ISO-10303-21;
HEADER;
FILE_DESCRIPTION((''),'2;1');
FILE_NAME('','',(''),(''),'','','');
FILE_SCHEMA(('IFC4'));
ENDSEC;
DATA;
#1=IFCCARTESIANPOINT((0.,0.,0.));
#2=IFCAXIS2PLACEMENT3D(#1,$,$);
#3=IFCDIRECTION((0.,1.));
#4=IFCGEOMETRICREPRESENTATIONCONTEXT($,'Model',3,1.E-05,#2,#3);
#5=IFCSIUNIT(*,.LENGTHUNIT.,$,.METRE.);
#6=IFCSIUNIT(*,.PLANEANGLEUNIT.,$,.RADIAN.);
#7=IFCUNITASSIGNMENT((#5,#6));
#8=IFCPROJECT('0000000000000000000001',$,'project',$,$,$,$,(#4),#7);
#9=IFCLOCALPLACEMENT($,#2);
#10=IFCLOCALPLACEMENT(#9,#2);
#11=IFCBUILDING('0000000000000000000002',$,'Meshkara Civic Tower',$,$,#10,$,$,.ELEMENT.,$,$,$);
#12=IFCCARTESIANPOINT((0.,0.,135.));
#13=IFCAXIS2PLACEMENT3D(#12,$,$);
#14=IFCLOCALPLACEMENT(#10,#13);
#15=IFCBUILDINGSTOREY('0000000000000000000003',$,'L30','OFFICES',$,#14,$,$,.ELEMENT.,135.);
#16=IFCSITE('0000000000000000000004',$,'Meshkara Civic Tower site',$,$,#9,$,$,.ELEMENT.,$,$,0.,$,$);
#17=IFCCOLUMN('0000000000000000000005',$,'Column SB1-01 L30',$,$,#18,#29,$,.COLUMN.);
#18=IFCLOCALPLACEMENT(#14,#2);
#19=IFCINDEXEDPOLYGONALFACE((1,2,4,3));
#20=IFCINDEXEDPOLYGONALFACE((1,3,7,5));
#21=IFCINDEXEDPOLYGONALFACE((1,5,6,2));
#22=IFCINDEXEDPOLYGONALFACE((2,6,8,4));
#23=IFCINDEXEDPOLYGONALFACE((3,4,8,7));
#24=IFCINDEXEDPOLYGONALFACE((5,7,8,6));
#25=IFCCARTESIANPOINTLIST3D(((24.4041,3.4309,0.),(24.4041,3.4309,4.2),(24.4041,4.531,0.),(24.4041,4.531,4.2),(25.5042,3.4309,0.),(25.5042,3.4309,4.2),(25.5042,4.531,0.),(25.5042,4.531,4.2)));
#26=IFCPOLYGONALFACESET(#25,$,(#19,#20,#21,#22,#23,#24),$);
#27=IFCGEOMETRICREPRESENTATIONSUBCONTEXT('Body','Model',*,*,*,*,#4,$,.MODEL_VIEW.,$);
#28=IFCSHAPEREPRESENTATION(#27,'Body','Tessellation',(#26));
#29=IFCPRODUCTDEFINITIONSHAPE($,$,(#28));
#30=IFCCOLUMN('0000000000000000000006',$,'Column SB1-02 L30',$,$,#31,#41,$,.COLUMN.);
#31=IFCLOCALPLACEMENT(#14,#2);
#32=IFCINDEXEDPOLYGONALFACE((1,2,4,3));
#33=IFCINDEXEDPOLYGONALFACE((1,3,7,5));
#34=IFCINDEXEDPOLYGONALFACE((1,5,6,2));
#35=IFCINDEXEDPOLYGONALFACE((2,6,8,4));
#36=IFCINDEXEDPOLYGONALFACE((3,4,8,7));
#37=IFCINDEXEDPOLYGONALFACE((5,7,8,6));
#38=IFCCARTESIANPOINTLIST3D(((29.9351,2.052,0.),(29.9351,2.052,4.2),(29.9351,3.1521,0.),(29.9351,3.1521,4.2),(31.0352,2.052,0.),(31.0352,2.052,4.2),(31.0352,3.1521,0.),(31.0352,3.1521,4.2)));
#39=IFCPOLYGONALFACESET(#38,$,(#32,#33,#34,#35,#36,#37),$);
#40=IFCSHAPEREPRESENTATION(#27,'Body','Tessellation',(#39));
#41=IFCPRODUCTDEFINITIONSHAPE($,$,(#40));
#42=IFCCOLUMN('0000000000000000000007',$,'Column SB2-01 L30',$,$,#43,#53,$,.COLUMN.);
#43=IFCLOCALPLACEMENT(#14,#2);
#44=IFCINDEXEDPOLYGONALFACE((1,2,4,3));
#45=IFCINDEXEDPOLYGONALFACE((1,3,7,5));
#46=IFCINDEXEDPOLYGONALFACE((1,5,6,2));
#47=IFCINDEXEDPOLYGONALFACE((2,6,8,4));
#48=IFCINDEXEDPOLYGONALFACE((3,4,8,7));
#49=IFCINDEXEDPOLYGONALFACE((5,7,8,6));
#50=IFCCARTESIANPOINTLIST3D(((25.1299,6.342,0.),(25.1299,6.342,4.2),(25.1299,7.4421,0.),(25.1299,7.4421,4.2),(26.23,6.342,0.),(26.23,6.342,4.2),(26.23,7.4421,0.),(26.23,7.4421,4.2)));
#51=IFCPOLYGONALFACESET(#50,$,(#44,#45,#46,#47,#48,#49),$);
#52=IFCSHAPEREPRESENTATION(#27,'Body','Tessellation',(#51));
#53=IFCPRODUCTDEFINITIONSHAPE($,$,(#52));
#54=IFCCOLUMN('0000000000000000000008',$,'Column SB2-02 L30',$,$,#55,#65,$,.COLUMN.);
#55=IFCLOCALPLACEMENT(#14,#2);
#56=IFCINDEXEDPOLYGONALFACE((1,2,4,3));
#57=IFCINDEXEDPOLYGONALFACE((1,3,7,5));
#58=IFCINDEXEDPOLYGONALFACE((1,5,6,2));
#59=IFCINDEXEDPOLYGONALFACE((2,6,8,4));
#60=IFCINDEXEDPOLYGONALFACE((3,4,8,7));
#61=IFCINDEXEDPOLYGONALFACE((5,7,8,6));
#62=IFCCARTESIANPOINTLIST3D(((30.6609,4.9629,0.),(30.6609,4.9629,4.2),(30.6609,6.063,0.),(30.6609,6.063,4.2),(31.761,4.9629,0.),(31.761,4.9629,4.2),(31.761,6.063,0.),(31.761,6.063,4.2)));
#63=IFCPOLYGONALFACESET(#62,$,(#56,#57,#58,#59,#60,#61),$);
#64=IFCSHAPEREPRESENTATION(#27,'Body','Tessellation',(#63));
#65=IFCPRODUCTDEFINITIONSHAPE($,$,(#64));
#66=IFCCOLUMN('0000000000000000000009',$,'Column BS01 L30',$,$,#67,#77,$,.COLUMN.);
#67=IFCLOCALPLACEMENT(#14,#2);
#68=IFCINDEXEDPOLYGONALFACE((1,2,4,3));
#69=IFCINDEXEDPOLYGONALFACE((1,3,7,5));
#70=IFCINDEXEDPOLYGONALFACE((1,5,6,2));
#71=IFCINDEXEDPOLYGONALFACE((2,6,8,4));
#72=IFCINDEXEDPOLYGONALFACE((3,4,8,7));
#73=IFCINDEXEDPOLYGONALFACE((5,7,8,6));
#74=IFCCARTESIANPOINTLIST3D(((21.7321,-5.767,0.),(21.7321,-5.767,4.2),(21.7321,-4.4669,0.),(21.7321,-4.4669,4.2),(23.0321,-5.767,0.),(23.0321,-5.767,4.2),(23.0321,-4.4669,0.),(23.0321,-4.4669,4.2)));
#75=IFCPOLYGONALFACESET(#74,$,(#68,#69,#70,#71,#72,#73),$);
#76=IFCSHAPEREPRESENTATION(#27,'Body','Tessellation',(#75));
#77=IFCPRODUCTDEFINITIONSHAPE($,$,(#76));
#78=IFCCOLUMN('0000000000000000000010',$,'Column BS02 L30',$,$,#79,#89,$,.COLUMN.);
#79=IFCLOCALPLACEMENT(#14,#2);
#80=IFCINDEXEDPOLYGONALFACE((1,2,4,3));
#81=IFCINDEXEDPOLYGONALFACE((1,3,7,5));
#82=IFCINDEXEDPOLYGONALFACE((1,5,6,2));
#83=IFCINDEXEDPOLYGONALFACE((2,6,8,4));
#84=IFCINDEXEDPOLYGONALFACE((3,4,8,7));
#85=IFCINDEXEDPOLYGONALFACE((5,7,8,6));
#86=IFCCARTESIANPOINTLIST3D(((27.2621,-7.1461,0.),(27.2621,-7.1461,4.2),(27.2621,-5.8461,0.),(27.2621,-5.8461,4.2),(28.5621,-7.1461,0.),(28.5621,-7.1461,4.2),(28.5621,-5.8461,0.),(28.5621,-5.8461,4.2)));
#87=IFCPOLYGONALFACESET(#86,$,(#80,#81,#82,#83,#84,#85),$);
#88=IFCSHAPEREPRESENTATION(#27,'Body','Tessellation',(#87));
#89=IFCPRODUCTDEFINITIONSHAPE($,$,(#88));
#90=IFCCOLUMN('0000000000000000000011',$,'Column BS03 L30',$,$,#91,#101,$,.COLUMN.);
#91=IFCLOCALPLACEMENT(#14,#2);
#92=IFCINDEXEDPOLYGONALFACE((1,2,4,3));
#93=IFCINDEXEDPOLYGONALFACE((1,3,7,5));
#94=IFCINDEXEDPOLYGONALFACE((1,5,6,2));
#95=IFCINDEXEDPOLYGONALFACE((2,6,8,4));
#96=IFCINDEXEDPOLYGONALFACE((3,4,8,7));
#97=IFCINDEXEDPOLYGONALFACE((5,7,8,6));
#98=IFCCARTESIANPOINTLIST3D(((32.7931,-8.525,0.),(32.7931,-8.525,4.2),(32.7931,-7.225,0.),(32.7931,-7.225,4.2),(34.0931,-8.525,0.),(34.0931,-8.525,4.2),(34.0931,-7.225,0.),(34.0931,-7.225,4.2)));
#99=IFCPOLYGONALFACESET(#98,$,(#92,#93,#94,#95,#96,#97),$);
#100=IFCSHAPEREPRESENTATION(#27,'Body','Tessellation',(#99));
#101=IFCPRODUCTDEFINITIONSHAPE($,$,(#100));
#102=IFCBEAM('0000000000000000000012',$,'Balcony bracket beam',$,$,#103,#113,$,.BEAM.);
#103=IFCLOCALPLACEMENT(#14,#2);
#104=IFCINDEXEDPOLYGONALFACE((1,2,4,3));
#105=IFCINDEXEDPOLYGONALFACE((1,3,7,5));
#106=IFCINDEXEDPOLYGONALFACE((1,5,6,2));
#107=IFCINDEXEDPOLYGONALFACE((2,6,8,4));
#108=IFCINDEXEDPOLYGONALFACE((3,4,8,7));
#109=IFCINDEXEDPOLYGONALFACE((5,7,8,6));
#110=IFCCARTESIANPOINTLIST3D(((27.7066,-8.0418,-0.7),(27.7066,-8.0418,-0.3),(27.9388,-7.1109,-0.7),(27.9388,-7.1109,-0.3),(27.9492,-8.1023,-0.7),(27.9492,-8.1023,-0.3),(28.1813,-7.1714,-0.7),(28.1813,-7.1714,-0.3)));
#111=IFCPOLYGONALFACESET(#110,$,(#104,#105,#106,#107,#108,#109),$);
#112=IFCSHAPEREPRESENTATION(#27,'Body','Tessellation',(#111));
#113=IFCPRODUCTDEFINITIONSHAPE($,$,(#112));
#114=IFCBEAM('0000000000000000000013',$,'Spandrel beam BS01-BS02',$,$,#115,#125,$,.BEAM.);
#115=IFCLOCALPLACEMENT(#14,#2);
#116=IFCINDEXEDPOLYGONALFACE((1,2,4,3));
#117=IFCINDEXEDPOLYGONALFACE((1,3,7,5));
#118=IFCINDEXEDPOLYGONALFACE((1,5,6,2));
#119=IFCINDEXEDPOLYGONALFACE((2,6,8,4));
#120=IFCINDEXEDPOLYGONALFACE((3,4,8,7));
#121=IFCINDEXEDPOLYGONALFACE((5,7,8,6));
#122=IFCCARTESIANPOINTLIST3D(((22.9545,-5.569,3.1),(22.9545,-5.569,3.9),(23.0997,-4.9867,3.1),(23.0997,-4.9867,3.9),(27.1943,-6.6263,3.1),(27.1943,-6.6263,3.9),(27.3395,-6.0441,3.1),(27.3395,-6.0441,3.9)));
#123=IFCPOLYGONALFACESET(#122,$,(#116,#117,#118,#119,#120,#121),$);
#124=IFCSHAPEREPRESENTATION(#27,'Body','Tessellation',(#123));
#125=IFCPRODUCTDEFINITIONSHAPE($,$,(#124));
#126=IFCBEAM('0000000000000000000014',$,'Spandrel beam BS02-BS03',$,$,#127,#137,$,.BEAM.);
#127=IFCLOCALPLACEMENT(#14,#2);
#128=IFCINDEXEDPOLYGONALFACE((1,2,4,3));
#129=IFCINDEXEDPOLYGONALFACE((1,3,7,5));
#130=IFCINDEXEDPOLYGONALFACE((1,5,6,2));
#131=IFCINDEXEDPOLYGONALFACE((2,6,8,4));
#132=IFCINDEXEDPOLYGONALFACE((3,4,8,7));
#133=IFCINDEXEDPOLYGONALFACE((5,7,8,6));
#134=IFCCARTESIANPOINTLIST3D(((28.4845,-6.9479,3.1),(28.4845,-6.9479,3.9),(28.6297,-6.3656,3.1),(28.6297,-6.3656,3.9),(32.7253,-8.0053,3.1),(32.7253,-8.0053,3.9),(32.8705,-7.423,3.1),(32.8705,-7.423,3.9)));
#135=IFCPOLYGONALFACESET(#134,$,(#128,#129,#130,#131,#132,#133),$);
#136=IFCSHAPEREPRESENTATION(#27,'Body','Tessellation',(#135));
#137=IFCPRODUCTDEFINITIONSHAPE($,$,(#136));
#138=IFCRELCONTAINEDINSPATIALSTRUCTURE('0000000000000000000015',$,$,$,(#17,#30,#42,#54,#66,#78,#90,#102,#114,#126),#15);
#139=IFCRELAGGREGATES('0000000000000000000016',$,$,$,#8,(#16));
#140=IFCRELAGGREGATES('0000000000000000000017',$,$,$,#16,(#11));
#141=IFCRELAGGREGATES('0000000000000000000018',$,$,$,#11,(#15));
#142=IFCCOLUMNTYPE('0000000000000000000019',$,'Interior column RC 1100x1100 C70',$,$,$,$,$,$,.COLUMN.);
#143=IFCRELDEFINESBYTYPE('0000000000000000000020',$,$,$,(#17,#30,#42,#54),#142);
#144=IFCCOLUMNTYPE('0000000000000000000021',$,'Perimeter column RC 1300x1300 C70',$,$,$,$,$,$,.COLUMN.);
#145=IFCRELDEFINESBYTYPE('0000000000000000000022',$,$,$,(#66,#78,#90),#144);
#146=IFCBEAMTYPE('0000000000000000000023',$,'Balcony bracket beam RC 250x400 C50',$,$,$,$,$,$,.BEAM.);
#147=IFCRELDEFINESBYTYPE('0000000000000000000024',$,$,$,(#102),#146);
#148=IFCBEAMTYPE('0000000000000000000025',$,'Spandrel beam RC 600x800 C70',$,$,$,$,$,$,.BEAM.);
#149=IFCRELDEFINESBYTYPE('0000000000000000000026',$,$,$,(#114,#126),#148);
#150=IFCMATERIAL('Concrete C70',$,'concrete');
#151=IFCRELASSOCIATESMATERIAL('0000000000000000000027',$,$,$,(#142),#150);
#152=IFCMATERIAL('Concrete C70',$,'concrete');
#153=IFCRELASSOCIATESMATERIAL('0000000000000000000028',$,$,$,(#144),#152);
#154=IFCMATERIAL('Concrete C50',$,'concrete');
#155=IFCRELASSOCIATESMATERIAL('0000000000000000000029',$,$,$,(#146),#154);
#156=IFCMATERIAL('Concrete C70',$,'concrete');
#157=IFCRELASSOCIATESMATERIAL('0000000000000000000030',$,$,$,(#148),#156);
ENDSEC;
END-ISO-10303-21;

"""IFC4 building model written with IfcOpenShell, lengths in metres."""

from ifc_helpers import new_model, si_unit, direction, frame, origin, origin_2d, place, context, subcontext, project, spatial, rectangle, extrude, material, material_profile, profile_set, type_object, element, save


model = new_model("IFC4")

# Units and contexts
model_context = context("Model", 3, precision=1e-05, world=origin(), true_north=direction((0.0, 1.0)))
body_context = subcontext(model_context, "Body", "Model", "MODEL_VIEW")
ifc_project = project(units=[si_unit("LENGTHUNIT", "METRE"), si_unit("PLANEANGLEUNIT", "RADIAN")], contexts=[model_context])

# Site, building, storey
site_placement = place(None, origin())
site = spatial("IfcSite", under=ifc_project, at=site_placement, Name="Meshkara Civic Tower site", CompositionType="ELEMENT", RefElevation=0.0)
building_placement = place(site_placement, origin())
building = spatial("IfcBuilding", under=site, at=building_placement, Name="Meshkara Civic Tower", CompositionType="ELEMENT")
storey_placement = place(building_placement, frame((0.0, 0.0, 135.0)))
storey = spatial("IfcBuildingStorey", under=building, at=storey_placement, Name="L30", Description="OFFICES", CompositionType="ELEMENT", Elevation=135.0)

# Columns
ifc_material_1 = material(Name="Concrete C70", Category="concrete")
ifc_material_profile_1 = material_profile(ifc_material_1, rectangle(XDim=1.1001, YDim=1.1001, at=origin_2d()))
ifc_profile_set_1 = profile_set([ifc_material_profile_1], Name="Concrete C70")
column_type_1 = type_object("IfcColumnType", Name="Interior column RC 1100x1100 C70", PredefinedType="COLUMN", material=ifc_profile_set_1)
for number, where, z_axis, x_axis, name in (
    (1, (24.9541, 3.981, 0.0), (0.0, 0.0, 1.0), (1.0, 0.0, 0.0), "Column SB1-01 L30"),
    (2, (30.4851, 2.6021, 0.0), (0.0, 0.0, 1.0), (1.0, 0.0, 0.0), "Column SB1-02 L30"),
    (3, (25.6799, 6.8921, 0.0), (0.0, 0.0, 1.0), (1.0, 0.0, 0.0), "Column SB2-01 L30"),
    (4, (31.2109, 5.5129, 0.0), (0.0, 0.0, 1.0), (1.0, 0.0, 0.0), "Column SB2-02 L30"),
):
    element("IfcColumn", number, at=place(storey_placement, frame(where, z_axis=z_axis, x_axis=x_axis)), inside=storey, type_object=column_type_1, Name=name, PredefinedType="COLUMN", context=body_context, shape_type="SweptSolid", body=[
        extrude(rectangle(XDim=1.1001, YDim=1.1001, at=origin_2d()), origin(), (0.0, 0.0, 1.0), 4.2),
    ])
ifc_material_2 = material(Name="Concrete C70", Category="concrete")
ifc_material_profile_2 = material_profile(ifc_material_2, rectangle(XDim=1.3, YDim=1.3, at=origin_2d()))
ifc_profile_set_2 = profile_set([ifc_material_profile_2], Name="Concrete C70")
column_type_2 = type_object("IfcColumnType", Name="Perimeter column RC 1300x1300 C70", PredefinedType="COLUMN", material=ifc_profile_set_2)
for number, where, z_axis, x_axis, name in (
    (5, (22.3821, -5.1169, 0.0), (0.0, 0.0, 1.0), (1.0, 0.0, 0.0), "Column BS01 L30"),
    (6, (27.9121, -6.4961, 0.0), (0.0, 0.0, 1.0), (1.0, 0.0, 0.0), "Column BS02 L30"),
    (7, (33.4431, -7.875, 0.0), (0.0, 0.0, 1.0), (1.0, 0.0, 0.0), "Column BS03 L30"),
):
    element("IfcColumn", number, at=place(storey_placement, frame(where, z_axis=z_axis, x_axis=x_axis)), inside=storey, type_object=column_type_2, Name=name, PredefinedType="COLUMN", context=body_context, shape_type="SweptSolid", body=[
        extrude(rectangle(XDim=1.3, YDim=1.3, at=origin_2d()), origin(), (0.0, 0.0, 1.0), 4.2),
    ])

# Beams
ifc_material_3 = material(Name="Concrete C50", Category="concrete")
ifc_material_profile_3 = material_profile(ifc_material_3, rectangle(XDim=0.25, YDim=0.3999, at=origin_2d()))
ifc_profile_set_3 = profile_set([ifc_material_profile_3], Name="Concrete C50")
beam_type_1 = type_object("IfcBeamType", Name="Balcony bracket beam RC 250x400 C50", PredefinedType="BEAM", material=ifc_profile_set_3)
beam_1_placement = place(storey_placement, frame((28.0601, -7.1411, -0.5), z_axis=(-0.241997, -0.970277, 0.0), x_axis=(0.970277, -0.241997, 0.0)))
element("IfcBeam", 8, at=beam_1_placement, inside=storey, type_object=beam_type_1, Name="Balcony bracket beam", PredefinedType="BEAM", context=body_context, shape_type="SweptSolid", body=[
    extrude(rectangle(XDim=0.25, YDim=0.3999, at=origin_2d()), origin(), (0.0, 0.0, 1.0), 0.9595),
])
ifc_material_4 = material(Name="Concrete C70", Category="concrete")
ifc_material_profile_4 = material_profile(ifc_material_4, rectangle(XDim=0.6001, YDim=0.8, at=origin_2d()))
ifc_profile_set_4 = profile_set([ifc_material_profile_4], Name="Concrete C70")
beam_type_2 = type_object("IfcBeamType", Name="Spandrel beam RC 600x800 C70", PredefinedType="BEAM", material=ifc_profile_set_4)
beam_2_placement = place(storey_placement, frame((23.0271, -5.2778, 3.5), z_axis=(0.97028, -0.241983, 0.0), x_axis=(0.241983, 0.97028, 0.0)))
element("IfcBeam", 9, at=beam_2_placement, inside=storey, type_object=beam_type_2, Name="Spandrel beam BS01-BS02", PredefinedType="BEAM", context=body_context, shape_type="SweptSolid", body=[
    extrude(rectangle(XDim=0.6001, YDim=0.8, at=origin_2d()), origin(), (0.0, 0.0, 1.0), 4.3696),
])
beam_3_placement = place(storey_placement, frame((28.5571, -6.6567, 3.5), z_axis=(0.970293, -0.241931, 0.0), x_axis=(0.241931, 0.970293, 0.0)))
element("IfcBeam", 10, at=beam_3_placement, inside=storey, type_object=beam_type_2, Name="Spandrel beam BS02-BS03", PredefinedType="BEAM", context=body_context, shape_type="SweptSolid", body=[
    extrude(rectangle(XDim=0.6001, YDim=0.8, at=origin_2d()), origin(), (0.0, 0.0, 1.0), 4.3706),
])

save(model, "model.ifc")
